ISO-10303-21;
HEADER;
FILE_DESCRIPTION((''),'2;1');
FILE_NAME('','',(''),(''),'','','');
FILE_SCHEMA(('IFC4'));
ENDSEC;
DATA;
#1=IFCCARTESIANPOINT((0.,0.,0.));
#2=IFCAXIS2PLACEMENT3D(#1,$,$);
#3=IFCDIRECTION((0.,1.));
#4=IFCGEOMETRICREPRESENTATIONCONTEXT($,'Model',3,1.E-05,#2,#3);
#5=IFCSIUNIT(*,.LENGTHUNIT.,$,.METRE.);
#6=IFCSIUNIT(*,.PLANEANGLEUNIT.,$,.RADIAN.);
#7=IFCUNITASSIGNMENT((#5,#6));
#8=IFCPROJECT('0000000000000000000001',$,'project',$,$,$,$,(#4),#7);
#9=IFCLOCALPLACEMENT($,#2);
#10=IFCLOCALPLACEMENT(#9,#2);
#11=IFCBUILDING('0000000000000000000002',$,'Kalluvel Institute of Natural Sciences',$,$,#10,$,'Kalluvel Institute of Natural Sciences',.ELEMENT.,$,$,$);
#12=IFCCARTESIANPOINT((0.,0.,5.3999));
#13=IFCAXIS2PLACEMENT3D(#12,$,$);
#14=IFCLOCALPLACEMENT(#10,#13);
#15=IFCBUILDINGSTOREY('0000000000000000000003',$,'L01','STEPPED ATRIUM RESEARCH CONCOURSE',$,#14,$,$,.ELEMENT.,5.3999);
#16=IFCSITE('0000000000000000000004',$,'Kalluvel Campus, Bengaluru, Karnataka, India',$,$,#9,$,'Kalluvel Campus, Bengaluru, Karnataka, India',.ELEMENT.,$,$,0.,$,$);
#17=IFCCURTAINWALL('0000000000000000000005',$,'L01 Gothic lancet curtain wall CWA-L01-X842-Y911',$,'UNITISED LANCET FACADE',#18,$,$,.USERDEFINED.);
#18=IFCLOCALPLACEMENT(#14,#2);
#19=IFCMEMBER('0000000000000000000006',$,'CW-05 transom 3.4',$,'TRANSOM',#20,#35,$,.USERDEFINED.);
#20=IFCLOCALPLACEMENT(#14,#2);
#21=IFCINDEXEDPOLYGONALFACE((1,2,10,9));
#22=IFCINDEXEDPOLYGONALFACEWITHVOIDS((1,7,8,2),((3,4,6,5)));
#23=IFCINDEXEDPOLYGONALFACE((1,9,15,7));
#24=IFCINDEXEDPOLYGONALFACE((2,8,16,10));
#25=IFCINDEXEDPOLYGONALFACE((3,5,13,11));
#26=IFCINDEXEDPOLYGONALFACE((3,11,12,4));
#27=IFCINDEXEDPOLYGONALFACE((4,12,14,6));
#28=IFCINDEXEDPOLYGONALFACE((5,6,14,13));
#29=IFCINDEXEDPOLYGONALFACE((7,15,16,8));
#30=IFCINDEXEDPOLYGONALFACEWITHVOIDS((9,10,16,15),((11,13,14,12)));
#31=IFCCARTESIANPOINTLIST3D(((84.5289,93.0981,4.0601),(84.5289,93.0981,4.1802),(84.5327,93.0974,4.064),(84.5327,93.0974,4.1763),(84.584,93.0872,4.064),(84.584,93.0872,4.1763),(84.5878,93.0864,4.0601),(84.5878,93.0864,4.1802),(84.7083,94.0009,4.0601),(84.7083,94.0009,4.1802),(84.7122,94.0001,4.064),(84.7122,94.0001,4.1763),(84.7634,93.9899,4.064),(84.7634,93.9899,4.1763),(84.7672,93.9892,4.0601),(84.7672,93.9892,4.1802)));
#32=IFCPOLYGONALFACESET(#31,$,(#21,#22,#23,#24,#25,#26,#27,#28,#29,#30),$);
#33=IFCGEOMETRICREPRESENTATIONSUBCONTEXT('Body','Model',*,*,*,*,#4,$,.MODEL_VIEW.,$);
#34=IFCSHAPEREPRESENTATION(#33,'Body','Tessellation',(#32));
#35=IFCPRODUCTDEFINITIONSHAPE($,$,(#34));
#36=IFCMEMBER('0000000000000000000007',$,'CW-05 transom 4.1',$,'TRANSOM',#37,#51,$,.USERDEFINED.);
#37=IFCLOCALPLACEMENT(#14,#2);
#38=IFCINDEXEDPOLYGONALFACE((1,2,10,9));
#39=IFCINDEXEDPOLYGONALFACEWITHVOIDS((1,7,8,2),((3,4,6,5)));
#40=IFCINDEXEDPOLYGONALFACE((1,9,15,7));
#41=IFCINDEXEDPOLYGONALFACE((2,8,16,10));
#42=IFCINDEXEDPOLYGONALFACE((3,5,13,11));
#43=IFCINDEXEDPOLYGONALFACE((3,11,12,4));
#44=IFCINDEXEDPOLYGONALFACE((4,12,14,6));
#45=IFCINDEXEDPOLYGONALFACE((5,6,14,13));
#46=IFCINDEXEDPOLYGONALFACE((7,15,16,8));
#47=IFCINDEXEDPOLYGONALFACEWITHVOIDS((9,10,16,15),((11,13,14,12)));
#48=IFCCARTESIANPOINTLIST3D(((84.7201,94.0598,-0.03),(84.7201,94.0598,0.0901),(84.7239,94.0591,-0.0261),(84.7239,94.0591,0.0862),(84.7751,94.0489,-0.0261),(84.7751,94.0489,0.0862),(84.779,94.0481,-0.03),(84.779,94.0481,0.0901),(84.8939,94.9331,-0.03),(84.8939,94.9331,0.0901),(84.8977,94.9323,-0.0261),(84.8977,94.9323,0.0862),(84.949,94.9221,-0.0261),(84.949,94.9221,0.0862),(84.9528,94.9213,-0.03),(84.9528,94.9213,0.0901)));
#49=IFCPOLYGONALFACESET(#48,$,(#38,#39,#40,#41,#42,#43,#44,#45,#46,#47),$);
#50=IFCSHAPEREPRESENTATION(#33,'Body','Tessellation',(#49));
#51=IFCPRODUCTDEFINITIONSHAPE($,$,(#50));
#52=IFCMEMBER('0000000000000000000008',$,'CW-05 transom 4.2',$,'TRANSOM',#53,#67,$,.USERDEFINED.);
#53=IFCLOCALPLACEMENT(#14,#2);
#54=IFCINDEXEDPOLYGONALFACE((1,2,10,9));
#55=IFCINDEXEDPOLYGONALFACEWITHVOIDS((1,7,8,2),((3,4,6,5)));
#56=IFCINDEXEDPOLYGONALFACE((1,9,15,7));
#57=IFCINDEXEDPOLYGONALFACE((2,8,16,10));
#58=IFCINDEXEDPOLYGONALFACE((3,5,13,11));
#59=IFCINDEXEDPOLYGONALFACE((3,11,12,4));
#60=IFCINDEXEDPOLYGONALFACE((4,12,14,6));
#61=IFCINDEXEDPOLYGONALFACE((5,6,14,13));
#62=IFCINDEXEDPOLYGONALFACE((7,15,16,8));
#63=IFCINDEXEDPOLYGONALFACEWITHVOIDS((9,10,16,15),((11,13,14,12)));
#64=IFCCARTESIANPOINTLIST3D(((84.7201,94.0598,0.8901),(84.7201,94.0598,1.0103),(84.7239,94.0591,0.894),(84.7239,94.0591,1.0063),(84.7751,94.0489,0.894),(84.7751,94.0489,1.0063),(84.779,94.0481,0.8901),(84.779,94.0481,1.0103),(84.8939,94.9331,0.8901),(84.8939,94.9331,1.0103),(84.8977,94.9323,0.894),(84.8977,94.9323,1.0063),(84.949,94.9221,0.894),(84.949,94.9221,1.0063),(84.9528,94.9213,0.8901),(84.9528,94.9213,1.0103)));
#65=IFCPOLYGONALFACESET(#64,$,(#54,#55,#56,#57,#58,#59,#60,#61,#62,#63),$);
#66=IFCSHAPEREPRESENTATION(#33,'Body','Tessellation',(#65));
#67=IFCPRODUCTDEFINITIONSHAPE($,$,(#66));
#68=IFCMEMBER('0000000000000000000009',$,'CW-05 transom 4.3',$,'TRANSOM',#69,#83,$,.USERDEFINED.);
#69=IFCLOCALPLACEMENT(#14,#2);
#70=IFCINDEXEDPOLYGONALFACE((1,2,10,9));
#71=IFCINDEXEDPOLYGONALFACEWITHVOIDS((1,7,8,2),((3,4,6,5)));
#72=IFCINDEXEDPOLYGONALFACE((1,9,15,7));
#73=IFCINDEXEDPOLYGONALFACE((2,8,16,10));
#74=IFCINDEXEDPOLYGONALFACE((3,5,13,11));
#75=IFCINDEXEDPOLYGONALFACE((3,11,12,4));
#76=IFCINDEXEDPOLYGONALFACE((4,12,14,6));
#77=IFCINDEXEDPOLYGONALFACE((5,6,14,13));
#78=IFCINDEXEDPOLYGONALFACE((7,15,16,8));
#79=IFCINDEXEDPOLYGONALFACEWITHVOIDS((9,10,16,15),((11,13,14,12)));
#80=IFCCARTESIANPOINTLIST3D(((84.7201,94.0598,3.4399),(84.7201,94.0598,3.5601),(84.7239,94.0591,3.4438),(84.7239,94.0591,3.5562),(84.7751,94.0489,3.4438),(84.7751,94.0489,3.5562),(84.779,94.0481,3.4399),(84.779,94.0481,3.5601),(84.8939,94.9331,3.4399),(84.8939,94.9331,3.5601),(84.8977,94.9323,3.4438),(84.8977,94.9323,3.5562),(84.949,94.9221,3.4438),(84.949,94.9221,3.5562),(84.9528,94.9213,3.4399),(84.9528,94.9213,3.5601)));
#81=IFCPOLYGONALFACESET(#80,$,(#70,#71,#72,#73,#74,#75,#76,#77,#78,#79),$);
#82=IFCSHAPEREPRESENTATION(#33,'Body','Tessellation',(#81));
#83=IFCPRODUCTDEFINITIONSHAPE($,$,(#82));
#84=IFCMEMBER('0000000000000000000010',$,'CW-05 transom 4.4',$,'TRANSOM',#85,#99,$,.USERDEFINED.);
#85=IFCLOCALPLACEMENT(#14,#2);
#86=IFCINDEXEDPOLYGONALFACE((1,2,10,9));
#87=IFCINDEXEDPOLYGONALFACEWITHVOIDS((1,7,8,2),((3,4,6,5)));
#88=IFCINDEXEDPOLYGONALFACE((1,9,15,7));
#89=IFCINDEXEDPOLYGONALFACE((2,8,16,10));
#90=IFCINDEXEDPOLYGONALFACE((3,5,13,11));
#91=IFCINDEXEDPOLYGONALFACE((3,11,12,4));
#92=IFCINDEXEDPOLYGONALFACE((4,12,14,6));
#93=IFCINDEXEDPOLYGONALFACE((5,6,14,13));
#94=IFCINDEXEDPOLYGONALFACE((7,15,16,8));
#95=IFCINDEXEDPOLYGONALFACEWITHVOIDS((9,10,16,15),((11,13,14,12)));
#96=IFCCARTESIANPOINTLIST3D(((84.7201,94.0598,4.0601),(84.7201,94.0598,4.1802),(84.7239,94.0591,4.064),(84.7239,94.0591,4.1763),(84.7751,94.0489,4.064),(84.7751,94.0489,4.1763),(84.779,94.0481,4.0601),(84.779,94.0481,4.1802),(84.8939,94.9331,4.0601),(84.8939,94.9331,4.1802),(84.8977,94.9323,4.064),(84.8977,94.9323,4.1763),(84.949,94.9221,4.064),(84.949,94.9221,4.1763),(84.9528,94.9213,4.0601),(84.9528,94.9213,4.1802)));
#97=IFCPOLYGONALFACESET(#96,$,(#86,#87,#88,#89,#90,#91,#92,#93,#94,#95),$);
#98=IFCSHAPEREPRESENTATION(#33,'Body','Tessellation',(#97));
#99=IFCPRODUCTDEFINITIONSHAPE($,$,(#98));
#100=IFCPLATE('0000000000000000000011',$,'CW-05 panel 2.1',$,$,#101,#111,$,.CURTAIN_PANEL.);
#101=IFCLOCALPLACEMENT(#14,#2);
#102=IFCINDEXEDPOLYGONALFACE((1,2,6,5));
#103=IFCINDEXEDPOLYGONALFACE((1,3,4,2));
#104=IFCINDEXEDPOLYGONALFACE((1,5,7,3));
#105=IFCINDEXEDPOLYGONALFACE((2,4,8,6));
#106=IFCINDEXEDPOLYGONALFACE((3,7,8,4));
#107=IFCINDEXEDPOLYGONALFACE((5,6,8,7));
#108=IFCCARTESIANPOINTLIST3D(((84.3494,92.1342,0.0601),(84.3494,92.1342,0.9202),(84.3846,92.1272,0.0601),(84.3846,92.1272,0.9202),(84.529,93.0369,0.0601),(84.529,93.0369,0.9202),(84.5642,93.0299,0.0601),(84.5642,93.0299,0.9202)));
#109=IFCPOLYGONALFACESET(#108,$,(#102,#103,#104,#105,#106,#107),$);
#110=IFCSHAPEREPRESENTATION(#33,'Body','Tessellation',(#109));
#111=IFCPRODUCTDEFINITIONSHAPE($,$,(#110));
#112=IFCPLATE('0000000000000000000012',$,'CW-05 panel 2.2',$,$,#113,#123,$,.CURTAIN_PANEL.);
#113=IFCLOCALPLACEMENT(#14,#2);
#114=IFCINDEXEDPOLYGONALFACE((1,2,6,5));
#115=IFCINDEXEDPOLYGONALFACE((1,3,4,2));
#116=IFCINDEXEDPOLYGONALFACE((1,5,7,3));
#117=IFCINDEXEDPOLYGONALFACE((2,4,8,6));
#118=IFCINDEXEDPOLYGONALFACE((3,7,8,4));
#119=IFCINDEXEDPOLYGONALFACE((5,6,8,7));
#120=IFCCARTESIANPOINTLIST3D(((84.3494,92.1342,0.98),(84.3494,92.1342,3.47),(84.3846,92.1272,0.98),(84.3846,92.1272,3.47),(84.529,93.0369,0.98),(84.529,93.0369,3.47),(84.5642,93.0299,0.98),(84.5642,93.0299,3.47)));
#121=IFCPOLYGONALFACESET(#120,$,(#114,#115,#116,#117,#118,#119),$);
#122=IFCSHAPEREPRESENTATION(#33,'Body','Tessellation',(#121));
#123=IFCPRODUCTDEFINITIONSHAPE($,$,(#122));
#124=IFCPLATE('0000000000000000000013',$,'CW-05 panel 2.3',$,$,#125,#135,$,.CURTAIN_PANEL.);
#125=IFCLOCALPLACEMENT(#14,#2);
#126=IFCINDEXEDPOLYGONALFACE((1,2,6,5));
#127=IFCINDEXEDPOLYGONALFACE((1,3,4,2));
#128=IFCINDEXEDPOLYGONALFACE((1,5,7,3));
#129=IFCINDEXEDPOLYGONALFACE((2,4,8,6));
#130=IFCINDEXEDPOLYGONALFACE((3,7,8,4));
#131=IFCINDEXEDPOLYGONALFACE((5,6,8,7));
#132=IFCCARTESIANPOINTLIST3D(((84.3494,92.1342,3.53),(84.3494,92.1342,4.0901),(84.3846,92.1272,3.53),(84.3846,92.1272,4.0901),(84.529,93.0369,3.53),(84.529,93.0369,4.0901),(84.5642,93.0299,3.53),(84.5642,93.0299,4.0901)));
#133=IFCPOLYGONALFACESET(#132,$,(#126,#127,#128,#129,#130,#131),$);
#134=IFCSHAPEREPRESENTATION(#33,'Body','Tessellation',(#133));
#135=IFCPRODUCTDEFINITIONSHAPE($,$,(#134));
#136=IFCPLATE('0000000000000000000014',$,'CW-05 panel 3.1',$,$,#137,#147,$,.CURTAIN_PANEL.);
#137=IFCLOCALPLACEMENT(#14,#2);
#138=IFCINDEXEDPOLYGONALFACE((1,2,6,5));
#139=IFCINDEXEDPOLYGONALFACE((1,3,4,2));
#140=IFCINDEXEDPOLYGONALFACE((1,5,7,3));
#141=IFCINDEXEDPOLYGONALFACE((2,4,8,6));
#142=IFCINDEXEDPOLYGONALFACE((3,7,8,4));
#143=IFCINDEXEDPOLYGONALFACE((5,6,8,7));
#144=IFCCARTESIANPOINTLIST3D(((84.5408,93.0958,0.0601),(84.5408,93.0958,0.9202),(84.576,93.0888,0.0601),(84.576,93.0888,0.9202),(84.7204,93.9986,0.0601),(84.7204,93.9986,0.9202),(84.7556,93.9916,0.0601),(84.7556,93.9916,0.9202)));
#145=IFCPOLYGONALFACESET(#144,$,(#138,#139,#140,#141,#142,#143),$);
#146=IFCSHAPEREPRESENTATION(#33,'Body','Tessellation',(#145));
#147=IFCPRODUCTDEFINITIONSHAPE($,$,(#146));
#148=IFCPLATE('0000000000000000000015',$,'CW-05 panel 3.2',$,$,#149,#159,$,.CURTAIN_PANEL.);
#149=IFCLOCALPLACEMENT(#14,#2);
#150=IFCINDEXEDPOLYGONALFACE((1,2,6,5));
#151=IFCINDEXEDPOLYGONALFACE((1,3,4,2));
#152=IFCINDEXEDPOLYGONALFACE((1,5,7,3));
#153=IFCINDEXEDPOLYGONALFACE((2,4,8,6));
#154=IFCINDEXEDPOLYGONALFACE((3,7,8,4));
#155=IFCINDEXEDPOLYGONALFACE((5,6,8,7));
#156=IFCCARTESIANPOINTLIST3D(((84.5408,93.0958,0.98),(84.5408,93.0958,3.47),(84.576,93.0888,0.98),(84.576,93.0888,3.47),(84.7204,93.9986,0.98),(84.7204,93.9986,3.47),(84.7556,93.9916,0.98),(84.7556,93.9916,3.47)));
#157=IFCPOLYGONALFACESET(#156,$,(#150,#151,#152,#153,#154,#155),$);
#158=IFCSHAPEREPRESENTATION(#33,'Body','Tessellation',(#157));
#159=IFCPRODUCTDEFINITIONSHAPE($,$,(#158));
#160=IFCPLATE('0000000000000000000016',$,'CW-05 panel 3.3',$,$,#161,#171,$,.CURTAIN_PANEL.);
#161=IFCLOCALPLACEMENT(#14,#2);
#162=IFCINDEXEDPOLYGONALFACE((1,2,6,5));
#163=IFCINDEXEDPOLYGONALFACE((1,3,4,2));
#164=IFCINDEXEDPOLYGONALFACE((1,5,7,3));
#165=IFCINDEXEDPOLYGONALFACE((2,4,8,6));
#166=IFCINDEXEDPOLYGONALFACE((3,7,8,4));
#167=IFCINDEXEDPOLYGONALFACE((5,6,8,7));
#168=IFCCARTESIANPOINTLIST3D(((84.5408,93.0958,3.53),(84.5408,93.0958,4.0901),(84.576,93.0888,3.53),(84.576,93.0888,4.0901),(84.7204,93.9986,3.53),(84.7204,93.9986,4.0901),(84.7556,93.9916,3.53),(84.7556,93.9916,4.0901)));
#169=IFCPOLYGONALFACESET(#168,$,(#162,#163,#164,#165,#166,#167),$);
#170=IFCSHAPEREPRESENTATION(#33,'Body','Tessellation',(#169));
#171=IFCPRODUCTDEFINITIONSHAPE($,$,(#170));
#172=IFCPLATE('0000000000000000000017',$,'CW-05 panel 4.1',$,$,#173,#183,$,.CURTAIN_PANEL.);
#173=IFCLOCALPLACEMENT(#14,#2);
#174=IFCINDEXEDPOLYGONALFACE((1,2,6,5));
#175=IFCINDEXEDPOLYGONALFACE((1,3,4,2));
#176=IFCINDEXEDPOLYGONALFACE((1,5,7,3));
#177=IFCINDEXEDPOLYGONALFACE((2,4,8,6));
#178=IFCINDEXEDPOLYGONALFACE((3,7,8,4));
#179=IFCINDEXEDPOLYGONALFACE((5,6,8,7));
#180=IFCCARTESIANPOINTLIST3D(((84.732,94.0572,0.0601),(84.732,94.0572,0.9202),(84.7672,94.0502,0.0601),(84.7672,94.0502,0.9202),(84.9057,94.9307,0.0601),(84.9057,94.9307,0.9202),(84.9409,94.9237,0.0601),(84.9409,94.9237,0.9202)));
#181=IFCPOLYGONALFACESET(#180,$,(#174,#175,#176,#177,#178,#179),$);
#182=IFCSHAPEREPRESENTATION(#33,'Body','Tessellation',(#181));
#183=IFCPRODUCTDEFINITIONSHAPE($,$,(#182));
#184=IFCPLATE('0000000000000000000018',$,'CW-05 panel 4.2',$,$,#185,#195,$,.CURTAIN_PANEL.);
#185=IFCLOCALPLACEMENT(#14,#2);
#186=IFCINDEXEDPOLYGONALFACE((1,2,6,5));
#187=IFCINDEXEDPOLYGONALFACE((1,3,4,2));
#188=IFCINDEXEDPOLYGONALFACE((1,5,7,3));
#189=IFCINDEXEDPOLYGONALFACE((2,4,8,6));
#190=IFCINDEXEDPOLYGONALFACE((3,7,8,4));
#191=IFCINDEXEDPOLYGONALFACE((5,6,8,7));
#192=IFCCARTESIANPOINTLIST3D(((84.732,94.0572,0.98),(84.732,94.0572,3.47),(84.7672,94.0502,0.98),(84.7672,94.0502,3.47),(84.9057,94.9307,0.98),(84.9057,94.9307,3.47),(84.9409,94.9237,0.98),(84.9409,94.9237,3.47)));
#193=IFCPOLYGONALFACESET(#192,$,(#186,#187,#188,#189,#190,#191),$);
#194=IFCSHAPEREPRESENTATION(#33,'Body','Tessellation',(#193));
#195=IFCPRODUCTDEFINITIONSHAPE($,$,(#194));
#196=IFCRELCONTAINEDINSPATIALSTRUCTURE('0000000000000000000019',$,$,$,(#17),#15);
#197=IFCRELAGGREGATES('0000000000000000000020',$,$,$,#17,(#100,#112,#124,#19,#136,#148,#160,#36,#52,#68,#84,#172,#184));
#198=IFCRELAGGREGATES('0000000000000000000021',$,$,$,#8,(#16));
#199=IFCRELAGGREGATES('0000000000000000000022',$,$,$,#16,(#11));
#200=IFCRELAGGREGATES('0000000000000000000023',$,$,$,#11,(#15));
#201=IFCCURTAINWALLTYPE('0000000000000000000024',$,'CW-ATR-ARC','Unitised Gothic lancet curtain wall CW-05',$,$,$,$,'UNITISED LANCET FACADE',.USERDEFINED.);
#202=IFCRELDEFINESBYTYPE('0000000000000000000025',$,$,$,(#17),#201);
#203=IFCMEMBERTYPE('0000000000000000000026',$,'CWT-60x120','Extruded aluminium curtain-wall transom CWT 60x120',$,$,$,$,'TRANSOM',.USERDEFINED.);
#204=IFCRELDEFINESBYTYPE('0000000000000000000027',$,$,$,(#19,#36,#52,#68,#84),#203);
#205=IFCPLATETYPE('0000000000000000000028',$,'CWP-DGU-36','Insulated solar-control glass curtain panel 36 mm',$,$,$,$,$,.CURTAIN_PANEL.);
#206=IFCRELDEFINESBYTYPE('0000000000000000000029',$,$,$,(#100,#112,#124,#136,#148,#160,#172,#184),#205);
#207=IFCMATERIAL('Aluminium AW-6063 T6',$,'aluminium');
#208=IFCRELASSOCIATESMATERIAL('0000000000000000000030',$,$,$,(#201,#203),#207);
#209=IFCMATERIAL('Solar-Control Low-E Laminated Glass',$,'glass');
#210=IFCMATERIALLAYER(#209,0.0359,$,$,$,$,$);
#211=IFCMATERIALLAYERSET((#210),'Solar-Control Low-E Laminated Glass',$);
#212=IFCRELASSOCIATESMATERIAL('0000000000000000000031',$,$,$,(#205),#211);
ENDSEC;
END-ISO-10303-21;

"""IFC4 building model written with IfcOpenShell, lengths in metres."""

from ifc_helpers import new_model, si_unit, direction, frame, origin, origin_2d, place, context, subcontext, project, spatial, rectangle, hollow_rectangle, extrude, material, layer, layer_set, material_profile, profile_set, type_object, element, aggregate, save


model = new_model("IFC4")

# Units and contexts
model_context = context("Model", 3, precision=1e-05, world=origin(), true_north=direction((0.0, 1.0)))
body_context = subcontext(model_context, "Body", "Model", "MODEL_VIEW")
ifc_project = project(units=[si_unit("LENGTHUNIT", "METRE"), si_unit("PLANEANGLEUNIT", "RADIAN")], contexts=[model_context])

# Site, building, storey
site_placement = place(None, origin())
site = spatial("IfcSite", under=ifc_project, at=site_placement, Name="Kalluvel Campus, Bengaluru, Karnataka, India", LongName="Kalluvel Campus, Bengaluru, Karnataka, India", CompositionType="ELEMENT", RefElevation=0.0)
building_placement = place(site_placement, origin())
building = spatial("IfcBuilding", under=site, at=building_placement, Name="Kalluvel Institute of Natural Sciences", LongName="Kalluvel Institute of Natural Sciences", CompositionType="ELEMENT")
storey_placement = place(building_placement, frame((0.0, 0.0, 5.3999)))
storey = spatial("IfcBuildingStorey", under=building, at=storey_placement, Name="L01", Description="STEPPED ATRIUM RESEARCH CONCOURSE", CompositionType="ELEMENT", Elevation=5.3999)

# Curtain wall, members, plates
ifc_material_1 = material(Name="Aluminium AW-6063 T6", Category="aluminium")
curtain_wall_type = type_object("IfcCurtainWallType", Name="CW-ATR-ARC", Description="Unitised Gothic lancet curtain wall CW-05", ElementType="UNITISED LANCET FACADE", PredefinedType="USERDEFINED", material=ifc_material_1)
curtain_wall_placement = place(storey_placement, origin())
curtain_wall = element("IfcCurtainWall", 1, at=curtain_wall_placement, inside=storey, type_object=curtain_wall_type, Name="L01 Gothic lancet curtain wall CWA-L01-X842-Y911", ObjectType="UNITISED LANCET FACADE", PredefinedType="USERDEFINED")
ifc_material_profile_1 = material_profile(ifc_material_1, hollow_rectangle(XDim=0.0601, YDim=0.1201, WallThickness=0.0039, at=origin_2d()), Name="CWT 60x120")
ifc_profile_set_1 = profile_set([ifc_material_profile_1], Name="Aluminium AW-6063 T6")
member_type_1 = type_object("IfcMemberType", Name="CWT-60x120", Description="Extruded aluminium curtain-wall transom CWT 60x120", ElementType="TRANSOM", PredefinedType="USERDEFINED", material=ifc_profile_set_1)
member_1_placement = place(storey_placement, frame((84.5583, 93.0923, 4.1201), z_axis=(0.194943, 0.980815, 0.0), x_axis=(-0.980815, 0.194943, 0.0)))
member_1 = element("IfcMember", 2, at=member_1_placement, type_object=member_type_1, Name="CW-05 transom 3.4", ObjectType="TRANSOM", PredefinedType="USERDEFINED", context=body_context, shape_type="SweptSolid", body=[
    extrude(hollow_rectangle(XDim=0.0601, YDim=0.1201, WallThickness=0.0039, at=origin_2d()), origin(), (0.0, 0.0, 1.0), 0.9204),
])
member_2_placement = place(storey_placement, frame((84.7495, 94.054, 0.03), z_axis=(0.19522, 0.98076, 0.0), x_axis=(-0.98076, 0.19522, 0.0)))
member_2 = element("IfcMember", 3, at=member_2_placement, type_object=member_type_1, Name="CW-05 transom 4.1", ObjectType="TRANSOM", PredefinedType="USERDEFINED", context=body_context, shape_type="SweptSolid", body=[
    extrude(hollow_rectangle(XDim=0.0601, YDim=0.1201, WallThickness=0.0039, at=origin_2d()), origin(), (0.0, 0.0, 1.0), 0.8904),
])
member_3_placement = place(storey_placement, frame((84.7495, 94.054, 0.9502), z_axis=(0.19522, 0.98076, 0.0), x_axis=(-0.98076, 0.19522, 0.0)))
member_3 = element("IfcMember", 4, at=member_3_placement, type_object=member_type_1, Name="CW-05 transom 4.2", ObjectType="TRANSOM", PredefinedType="USERDEFINED", context=body_context, shape_type="SweptSolid", body=[
    extrude(hollow_rectangle(XDim=0.0601, YDim=0.1201, WallThickness=0.0039, at=origin_2d()), origin(), (0.0, 0.0, 1.0), 0.8904),
])
member_4_placement = place(storey_placement, frame((84.7495, 94.054, 3.5), z_axis=(0.19522, 0.98076, 0.0), x_axis=(-0.98076, 0.19522, 0.0)))
member_4 = element("IfcMember", 5, at=member_4_placement, type_object=member_type_1, Name="CW-05 transom 4.3", ObjectType="TRANSOM", PredefinedType="USERDEFINED", context=body_context, shape_type="SweptSolid", body=[
    extrude(hollow_rectangle(XDim=0.0601, YDim=0.1201, WallThickness=0.0039, at=origin_2d()), origin(), (0.0, 0.0, 1.0), 0.8904),
])
member_5_placement = place(storey_placement, frame((84.7495, 94.054, 4.1201), z_axis=(0.19522, 0.98076, 0.0), x_axis=(-0.98076, 0.19522, 0.0)))
member_5 = element("IfcMember", 6, at=member_5_placement, type_object=member_type_1, Name="CW-05 transom 4.4", ObjectType="TRANSOM", PredefinedType="USERDEFINED", context=body_context, shape_type="SweptSolid", body=[
    extrude(hollow_rectangle(XDim=0.0601, YDim=0.1201, WallThickness=0.0039, at=origin_2d()), origin(), (0.0, 0.0, 1.0), 0.8904),
])
ifc_material_2 = material(Name="Solar-Control Low-E Laminated Glass", Category="glass")
ifc_layer_1 = layer(ifc_material_2, 0.0359)
ifc_layer_set_1 = layer_set([ifc_layer_1], Name="Solar-Control Low-E Laminated Glass")
plate_type = type_object("IfcPlateType", Name="CWP-DGU-36", Description="Insulated solar-control glass curtain panel 36 mm", PredefinedType="CURTAIN_PANEL", material=ifc_layer_set_1)
plate_1_placement = place(storey_placement, frame((84.4568, 92.582, 0.0601), z_axis=(0.0, 0.0, 1.0), x_axis=(0.195077, 0.980788, 0.0)))
plate_1 = element("IfcPlate", 7, at=plate_1_placement, type_object=plate_type, Name="CW-05 panel 2.1", PredefinedType="CURTAIN_PANEL", context=body_context, shape_type="SweptSolid", body=[
    extrude(rectangle(XDim=0.9204, YDim=0.0359, at=origin_2d()), origin(), (0.0, 0.0, 1.0), 0.8601),
])
plate_2_placement = place(storey_placement, frame((84.4568, 92.582, 0.98), z_axis=(0.0, 0.0, 1.0), x_axis=(0.195077, 0.980788, 0.0)))
plate_2 = element("IfcPlate", 8, at=plate_2_placement, type_object=plate_type, Name="CW-05 panel 2.2", PredefinedType="CURTAIN_PANEL", context=body_context, shape_type="SweptSolid", body=[
    extrude(rectangle(XDim=0.9204, YDim=0.0359, at=origin_2d()), origin(), (0.0, 0.0, 1.0), 2.49),
])
plate_3_placement = place(storey_placement, frame((84.4568, 92.582, 3.53), z_axis=(0.0, 0.0, 1.0), x_axis=(0.195077, 0.980788, 0.0)))
plate_3 = element("IfcPlate", 9, at=plate_3_placement, type_object=plate_type, Name="CW-05 panel 2.3", PredefinedType="CURTAIN_PANEL", context=body_context, shape_type="SweptSolid", body=[
    extrude(rectangle(XDim=0.9204, YDim=0.0359, at=origin_2d()), origin(), (0.0, 0.0, 1.0), 0.5601),
])
plate_4_placement = place(storey_placement, frame((84.6482, 93.5437, 0.0601), z_axis=(0.0, 0.0, 1.0), x_axis=(0.195077, 0.980788, 0.0)))
plate_4 = element("IfcPlate", 10, at=plate_4_placement, type_object=plate_type, Name="CW-05 panel 3.1", PredefinedType="CURTAIN_PANEL", context=body_context, shape_type="SweptSolid", body=[
    extrude(rectangle(XDim=0.9204, YDim=0.0359, at=origin_2d()), origin(), (0.0, 0.0, 1.0), 0.8601),
])
plate_5_placement = place(storey_placement, frame((84.6482, 93.5437, 0.98), z_axis=(0.0, 0.0, 1.0), x_axis=(0.195077, 0.980788, 0.0)))
plate_5 = element("IfcPlate", 11, at=plate_5_placement, type_object=plate_type, Name="CW-05 panel 3.2", PredefinedType="CURTAIN_PANEL", context=body_context, shape_type="SweptSolid", body=[
    extrude(rectangle(XDim=0.9204, YDim=0.0359, at=origin_2d()), origin(), (0.0, 0.0, 1.0), 2.49),
])
plate_6_placement = place(storey_placement, frame((84.6482, 93.5437, 3.53), z_axis=(0.0, 0.0, 1.0), x_axis=(0.195077, 0.980788, 0.0)))
plate_6 = element("IfcPlate", 12, at=plate_6_placement, type_object=plate_type, Name="CW-05 panel 3.3", PredefinedType="CURTAIN_PANEL", context=body_context, shape_type="SweptSolid", body=[
    extrude(rectangle(XDim=0.9204, YDim=0.0359, at=origin_2d()), origin(), (0.0, 0.0, 1.0), 0.5601),
])
plate_7_placement = place(storey_placement, frame((84.8364, 94.4905, 0.0601), z_axis=(0.0, 0.0, 1.0), x_axis=(0.195077, 0.980788, 0.0)))
plate_7 = element("IfcPlate", 13, at=plate_7_placement, type_object=plate_type, Name="CW-05 panel 4.1", PredefinedType="CURTAIN_PANEL", context=body_context, shape_type="SweptSolid", body=[
    extrude(rectangle(XDim=0.8906, YDim=0.0359, at=origin_2d()), origin(), (0.0, 0.0, 1.0), 0.8601),
])
plate_8_placement = place(storey_placement, frame((84.8364, 94.4905, 0.98), z_axis=(0.0, 0.0, 1.0), x_axis=(0.195077, 0.980788, 0.0)))
plate_8 = element("IfcPlate", 14, at=plate_8_placement, type_object=plate_type, Name="CW-05 panel 4.2", PredefinedType="CURTAIN_PANEL", context=body_context, shape_type="SweptSolid", body=[
    extrude(rectangle(XDim=0.8906, YDim=0.0359, at=origin_2d()), origin(), (0.0, 0.0, 1.0), 2.49),
])
aggregate(curtain_wall, [plate_1, plate_2, plate_3, member_1, plate_4, plate_5, plate_6, member_2, member_3, member_4, member_5, plate_7, plate_8])

save(model, "model.ifc")
